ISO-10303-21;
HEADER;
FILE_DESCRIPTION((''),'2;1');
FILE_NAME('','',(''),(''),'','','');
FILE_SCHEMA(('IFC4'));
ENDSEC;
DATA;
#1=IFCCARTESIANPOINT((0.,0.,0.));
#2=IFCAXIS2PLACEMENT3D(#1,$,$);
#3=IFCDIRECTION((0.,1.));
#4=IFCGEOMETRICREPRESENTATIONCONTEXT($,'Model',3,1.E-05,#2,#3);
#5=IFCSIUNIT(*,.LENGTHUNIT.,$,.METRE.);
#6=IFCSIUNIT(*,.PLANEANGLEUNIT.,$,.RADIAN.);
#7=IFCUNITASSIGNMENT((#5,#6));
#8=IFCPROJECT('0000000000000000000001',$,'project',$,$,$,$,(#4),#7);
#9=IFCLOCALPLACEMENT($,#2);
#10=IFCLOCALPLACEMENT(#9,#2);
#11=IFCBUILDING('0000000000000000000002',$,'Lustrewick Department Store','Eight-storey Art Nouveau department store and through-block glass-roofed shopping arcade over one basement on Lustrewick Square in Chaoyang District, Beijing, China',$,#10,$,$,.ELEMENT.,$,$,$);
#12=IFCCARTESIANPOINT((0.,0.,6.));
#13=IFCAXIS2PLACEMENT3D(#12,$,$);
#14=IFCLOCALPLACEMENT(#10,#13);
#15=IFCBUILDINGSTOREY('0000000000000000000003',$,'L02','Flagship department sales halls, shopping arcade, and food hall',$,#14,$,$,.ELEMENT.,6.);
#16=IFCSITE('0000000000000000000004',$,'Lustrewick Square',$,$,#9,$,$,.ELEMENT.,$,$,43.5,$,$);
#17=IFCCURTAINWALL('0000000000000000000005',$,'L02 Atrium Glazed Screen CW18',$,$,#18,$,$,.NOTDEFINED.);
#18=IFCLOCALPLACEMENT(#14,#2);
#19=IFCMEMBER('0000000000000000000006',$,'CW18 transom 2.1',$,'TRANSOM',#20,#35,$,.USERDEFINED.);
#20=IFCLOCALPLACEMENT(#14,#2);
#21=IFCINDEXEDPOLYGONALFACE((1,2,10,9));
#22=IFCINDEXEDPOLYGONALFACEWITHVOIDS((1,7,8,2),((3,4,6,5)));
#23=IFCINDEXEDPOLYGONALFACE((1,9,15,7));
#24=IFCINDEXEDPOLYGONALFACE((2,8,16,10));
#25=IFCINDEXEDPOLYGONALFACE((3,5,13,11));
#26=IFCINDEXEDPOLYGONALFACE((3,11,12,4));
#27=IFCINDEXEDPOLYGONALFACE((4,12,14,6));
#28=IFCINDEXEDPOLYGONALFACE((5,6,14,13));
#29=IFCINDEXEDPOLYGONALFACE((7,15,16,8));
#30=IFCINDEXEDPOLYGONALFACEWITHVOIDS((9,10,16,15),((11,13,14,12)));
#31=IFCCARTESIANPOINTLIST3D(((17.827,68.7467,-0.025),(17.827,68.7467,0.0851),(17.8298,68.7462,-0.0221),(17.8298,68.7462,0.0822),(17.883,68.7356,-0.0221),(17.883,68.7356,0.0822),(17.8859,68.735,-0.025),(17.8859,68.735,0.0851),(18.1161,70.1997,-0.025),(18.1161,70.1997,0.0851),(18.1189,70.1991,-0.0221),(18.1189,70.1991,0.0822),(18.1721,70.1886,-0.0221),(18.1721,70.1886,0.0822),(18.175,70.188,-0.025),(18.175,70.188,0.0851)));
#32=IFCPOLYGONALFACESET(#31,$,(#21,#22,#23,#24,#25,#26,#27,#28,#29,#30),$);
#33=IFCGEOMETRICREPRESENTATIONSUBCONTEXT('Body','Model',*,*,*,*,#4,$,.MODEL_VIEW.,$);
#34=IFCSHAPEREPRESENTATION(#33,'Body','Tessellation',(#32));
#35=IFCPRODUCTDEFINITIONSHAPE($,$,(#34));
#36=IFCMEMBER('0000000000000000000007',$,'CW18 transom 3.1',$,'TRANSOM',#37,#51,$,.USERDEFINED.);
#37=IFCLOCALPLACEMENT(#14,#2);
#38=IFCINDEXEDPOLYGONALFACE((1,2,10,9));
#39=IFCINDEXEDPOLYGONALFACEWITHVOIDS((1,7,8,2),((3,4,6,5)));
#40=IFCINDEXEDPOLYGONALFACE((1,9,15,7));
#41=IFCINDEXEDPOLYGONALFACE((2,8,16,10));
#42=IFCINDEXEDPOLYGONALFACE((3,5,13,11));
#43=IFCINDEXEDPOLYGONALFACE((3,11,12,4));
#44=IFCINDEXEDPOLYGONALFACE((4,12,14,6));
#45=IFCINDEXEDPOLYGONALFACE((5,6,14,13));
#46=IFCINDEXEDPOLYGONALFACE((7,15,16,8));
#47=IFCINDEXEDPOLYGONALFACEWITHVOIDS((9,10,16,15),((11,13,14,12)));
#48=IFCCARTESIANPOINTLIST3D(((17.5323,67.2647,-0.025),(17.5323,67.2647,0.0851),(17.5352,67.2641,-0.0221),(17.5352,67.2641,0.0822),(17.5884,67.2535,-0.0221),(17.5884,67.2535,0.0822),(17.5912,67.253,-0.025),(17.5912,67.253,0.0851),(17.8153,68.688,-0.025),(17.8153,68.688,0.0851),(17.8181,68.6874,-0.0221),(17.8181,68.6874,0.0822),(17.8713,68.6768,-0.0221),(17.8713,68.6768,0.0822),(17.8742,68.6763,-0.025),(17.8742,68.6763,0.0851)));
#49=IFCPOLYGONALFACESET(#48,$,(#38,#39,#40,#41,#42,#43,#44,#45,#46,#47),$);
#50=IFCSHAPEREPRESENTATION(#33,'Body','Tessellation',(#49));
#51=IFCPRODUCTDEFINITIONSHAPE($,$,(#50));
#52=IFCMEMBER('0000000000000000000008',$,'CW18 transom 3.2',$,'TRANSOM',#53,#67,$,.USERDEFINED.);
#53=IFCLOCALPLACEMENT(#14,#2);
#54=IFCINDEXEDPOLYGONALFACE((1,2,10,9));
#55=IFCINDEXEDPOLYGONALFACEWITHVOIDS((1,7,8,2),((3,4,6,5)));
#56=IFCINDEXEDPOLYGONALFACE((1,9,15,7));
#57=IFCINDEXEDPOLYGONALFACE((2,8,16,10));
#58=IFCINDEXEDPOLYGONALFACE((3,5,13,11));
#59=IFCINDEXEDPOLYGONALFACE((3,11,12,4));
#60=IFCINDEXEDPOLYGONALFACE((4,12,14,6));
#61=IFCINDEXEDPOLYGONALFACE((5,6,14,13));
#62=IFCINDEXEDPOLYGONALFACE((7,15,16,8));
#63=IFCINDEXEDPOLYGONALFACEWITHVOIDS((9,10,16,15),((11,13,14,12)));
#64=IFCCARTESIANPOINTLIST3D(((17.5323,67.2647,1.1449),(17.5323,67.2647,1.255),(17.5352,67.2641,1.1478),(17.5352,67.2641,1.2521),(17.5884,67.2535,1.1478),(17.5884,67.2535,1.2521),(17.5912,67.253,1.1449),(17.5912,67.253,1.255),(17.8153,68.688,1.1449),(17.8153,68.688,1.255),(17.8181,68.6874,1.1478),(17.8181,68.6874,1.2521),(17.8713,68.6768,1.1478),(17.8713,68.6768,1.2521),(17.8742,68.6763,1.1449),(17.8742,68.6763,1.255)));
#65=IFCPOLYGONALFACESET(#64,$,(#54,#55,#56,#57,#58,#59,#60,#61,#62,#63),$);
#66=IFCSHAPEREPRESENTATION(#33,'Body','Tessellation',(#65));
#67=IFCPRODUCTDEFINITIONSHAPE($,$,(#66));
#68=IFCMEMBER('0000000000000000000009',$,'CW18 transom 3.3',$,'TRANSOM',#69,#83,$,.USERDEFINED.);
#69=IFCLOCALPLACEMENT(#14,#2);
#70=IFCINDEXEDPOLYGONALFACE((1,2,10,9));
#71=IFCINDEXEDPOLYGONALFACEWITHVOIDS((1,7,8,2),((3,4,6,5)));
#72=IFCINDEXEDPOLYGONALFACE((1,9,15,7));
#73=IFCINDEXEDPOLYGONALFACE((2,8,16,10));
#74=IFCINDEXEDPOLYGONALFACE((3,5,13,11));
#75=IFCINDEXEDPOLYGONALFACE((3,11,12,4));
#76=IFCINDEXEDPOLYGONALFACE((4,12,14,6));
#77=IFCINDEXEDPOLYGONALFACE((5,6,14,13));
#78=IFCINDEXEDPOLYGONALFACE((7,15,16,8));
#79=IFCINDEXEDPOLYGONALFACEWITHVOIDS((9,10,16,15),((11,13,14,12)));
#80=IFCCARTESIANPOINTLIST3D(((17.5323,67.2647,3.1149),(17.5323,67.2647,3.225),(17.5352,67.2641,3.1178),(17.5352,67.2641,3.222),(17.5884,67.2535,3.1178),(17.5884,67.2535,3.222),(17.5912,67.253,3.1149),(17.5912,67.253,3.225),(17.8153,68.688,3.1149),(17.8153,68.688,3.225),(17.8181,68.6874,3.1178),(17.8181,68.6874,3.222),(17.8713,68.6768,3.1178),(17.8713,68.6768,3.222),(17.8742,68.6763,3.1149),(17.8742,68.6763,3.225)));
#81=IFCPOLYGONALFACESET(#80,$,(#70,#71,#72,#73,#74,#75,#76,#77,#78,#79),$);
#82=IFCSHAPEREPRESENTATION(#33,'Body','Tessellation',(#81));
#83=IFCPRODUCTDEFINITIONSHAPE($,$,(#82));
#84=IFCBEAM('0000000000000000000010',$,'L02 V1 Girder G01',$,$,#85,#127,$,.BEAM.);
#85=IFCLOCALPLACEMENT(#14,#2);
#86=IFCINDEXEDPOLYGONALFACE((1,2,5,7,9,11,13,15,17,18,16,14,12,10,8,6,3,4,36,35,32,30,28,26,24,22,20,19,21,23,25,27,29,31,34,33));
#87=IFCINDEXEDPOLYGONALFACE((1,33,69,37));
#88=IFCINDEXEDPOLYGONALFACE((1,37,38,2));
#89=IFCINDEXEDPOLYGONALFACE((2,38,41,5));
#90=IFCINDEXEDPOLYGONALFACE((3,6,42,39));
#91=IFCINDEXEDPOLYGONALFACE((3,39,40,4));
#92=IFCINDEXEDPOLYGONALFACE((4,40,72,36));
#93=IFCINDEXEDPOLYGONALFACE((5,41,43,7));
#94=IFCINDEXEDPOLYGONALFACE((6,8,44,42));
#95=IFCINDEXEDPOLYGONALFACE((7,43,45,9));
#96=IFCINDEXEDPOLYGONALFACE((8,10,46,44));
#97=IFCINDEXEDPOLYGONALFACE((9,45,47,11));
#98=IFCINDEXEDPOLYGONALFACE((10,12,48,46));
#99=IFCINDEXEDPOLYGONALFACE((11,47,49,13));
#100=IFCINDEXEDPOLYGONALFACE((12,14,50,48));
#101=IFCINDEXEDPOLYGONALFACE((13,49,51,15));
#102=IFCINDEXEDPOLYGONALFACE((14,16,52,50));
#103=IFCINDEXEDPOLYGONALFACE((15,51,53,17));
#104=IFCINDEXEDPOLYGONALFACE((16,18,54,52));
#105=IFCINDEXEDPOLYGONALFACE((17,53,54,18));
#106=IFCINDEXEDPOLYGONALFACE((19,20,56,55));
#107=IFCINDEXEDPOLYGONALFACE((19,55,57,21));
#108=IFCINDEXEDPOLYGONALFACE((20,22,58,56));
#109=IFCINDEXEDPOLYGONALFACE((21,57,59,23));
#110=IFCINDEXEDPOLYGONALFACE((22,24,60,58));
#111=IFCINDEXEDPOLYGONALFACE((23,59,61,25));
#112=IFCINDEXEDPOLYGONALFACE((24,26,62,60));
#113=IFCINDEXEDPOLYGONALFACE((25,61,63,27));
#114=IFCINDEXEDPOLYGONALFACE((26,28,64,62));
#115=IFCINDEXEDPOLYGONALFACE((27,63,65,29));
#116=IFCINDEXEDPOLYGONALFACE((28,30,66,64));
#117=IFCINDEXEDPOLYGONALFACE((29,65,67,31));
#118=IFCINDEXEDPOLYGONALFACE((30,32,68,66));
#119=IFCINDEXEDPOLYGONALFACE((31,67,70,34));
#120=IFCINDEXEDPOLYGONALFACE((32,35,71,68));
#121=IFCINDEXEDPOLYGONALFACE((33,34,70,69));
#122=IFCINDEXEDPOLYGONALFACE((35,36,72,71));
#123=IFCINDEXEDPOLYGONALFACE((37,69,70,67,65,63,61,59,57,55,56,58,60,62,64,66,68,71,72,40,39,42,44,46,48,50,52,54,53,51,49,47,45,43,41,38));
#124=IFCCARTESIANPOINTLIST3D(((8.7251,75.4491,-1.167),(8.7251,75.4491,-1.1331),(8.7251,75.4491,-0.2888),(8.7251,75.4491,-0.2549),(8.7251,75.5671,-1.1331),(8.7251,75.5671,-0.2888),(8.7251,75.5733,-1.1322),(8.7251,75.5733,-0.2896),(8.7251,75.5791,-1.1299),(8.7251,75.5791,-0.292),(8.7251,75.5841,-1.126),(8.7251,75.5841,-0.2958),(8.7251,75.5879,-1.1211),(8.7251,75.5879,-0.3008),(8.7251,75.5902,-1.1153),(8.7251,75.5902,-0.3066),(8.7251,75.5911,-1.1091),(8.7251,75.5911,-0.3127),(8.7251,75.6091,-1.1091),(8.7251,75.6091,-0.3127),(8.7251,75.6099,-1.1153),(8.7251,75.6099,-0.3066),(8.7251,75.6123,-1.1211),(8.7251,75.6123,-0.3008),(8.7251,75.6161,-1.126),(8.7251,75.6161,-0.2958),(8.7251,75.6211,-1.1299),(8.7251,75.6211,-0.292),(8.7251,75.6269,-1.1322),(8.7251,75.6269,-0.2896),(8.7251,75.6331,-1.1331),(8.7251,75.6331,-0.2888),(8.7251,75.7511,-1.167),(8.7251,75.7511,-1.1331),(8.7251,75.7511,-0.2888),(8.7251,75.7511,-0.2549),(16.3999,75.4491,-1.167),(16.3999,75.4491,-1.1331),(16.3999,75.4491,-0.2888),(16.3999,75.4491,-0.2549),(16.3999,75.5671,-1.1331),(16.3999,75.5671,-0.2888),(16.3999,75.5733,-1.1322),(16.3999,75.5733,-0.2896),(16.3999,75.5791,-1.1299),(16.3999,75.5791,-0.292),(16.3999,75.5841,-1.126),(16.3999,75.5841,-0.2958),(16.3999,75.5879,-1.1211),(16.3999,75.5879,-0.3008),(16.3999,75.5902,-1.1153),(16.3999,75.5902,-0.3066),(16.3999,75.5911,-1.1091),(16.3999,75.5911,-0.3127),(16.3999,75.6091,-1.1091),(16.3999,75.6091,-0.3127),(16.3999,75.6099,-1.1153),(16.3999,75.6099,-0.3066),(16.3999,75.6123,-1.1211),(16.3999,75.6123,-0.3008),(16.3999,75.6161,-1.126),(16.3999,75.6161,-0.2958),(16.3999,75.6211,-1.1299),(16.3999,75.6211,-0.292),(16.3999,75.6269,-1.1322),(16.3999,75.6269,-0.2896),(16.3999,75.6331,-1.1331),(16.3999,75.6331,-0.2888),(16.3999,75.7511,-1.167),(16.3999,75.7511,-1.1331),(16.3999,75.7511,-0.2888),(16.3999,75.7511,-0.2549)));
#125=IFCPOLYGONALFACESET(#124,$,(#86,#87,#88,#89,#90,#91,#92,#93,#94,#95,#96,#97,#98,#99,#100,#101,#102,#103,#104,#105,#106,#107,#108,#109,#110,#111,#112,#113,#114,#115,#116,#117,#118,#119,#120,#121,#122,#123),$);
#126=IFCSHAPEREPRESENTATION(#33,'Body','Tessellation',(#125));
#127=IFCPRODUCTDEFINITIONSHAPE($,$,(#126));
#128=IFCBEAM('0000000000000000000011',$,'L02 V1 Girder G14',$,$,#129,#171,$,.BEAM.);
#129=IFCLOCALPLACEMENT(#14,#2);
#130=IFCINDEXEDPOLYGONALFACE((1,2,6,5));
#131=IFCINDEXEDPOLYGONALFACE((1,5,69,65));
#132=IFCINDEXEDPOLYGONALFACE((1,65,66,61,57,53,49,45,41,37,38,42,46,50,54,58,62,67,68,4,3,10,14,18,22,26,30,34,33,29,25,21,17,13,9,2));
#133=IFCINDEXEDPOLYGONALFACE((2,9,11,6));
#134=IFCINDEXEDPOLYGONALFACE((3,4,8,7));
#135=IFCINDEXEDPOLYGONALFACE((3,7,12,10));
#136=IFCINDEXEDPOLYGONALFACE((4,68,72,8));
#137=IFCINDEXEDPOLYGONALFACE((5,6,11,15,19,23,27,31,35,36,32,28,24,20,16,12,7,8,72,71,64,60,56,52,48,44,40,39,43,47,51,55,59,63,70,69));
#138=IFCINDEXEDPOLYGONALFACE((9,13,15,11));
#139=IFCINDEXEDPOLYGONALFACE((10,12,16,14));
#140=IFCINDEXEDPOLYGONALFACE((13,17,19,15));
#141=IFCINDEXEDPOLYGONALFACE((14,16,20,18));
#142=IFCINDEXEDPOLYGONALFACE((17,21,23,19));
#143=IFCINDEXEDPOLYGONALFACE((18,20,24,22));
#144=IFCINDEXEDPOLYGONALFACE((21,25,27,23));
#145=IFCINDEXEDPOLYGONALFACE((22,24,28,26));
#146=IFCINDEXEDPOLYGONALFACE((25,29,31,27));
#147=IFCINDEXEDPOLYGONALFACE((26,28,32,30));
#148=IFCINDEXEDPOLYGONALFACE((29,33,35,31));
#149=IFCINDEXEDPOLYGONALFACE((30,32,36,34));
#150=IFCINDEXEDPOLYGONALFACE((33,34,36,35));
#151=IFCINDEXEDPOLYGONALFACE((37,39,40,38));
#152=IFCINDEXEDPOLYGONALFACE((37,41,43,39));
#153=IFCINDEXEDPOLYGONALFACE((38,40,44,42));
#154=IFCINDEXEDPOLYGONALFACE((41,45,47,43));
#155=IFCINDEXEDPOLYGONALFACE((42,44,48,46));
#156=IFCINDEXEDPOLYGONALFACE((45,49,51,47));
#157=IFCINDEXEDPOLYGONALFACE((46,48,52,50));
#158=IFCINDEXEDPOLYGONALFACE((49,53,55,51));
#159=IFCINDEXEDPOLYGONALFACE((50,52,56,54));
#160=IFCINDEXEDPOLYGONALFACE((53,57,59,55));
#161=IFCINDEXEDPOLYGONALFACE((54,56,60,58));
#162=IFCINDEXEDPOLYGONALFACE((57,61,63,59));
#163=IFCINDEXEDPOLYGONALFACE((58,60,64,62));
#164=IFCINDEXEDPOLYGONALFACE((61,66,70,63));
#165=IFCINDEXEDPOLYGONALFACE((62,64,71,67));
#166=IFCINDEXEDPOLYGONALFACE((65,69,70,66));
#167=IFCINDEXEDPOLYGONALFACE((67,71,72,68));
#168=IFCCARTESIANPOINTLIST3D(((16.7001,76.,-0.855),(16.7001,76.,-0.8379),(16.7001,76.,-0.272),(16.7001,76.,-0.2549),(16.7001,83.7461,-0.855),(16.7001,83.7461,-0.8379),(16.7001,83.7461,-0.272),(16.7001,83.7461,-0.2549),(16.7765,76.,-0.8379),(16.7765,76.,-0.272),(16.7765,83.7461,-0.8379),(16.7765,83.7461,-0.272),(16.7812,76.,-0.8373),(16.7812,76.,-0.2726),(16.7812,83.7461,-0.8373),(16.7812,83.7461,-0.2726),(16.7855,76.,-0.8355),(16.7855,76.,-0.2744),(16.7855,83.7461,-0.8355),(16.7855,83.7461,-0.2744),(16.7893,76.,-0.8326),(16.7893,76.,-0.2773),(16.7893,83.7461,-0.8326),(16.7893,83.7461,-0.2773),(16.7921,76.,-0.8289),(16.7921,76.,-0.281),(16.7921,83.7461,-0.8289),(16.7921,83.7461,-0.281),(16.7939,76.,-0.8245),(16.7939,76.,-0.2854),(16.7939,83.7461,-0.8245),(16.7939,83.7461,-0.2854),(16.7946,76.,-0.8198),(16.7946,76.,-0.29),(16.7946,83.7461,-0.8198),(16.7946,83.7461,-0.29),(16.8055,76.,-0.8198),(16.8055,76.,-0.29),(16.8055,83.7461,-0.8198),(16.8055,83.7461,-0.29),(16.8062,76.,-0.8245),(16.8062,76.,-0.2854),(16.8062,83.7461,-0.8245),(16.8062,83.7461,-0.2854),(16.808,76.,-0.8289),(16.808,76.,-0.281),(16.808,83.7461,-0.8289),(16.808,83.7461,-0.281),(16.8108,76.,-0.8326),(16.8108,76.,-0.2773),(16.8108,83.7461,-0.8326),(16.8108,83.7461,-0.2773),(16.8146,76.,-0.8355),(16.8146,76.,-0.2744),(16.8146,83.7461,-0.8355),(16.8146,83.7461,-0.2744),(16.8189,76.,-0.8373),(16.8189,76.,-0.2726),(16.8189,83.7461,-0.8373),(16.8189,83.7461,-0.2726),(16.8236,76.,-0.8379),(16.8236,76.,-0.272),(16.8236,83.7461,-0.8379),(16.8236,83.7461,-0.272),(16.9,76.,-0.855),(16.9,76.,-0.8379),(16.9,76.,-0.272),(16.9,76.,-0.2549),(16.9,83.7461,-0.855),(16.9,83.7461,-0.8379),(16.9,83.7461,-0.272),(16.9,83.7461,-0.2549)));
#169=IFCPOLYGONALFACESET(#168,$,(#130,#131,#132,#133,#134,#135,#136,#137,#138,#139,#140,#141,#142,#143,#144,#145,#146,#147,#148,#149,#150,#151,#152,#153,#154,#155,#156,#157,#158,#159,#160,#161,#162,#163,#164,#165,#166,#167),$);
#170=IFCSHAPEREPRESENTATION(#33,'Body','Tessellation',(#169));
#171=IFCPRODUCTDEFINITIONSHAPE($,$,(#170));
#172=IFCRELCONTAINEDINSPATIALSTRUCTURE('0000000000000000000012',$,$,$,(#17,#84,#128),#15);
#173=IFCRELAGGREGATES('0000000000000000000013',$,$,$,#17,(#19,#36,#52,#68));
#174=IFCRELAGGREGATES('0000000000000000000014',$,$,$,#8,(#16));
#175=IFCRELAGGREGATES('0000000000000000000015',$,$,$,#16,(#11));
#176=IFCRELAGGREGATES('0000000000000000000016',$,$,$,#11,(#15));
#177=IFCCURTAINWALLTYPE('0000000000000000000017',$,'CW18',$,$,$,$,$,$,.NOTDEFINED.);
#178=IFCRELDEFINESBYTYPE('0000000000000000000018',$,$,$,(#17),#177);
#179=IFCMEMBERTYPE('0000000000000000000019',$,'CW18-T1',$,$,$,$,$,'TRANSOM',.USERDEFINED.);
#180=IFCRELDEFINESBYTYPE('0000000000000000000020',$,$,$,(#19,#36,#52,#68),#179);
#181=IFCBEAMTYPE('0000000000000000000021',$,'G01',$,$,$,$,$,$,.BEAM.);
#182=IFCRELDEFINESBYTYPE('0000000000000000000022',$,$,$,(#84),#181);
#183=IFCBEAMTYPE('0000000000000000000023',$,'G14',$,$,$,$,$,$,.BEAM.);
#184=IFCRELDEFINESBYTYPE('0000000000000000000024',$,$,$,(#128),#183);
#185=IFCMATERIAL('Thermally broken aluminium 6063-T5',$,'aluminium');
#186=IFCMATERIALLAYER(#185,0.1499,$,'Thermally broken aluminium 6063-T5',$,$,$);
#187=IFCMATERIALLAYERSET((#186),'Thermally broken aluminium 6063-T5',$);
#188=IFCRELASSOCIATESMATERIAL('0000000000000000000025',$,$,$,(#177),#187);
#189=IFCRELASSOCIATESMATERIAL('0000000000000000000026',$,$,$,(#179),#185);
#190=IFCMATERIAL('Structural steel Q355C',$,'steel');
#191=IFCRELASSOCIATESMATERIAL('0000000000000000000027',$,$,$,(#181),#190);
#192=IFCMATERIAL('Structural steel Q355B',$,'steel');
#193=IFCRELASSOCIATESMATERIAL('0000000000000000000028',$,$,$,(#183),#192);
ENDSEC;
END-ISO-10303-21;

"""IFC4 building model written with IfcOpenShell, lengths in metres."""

from ifc_helpers import new_model, si_unit, direction, frame, origin, origin_2d, place, context, subcontext, project, spatial, hollow_rectangle, i_section, extrude, material, layer, layer_set, material_profile, profile_set, type_object, element, aggregate, save


model = new_model("IFC4")

# Units and contexts
model_context = context("Model", 3, precision=1e-05, world=origin(), true_north=direction((0.0, 1.0)))
body_context = subcontext(model_context, "Body", "Model", "MODEL_VIEW")
ifc_project = project(units=[si_unit("LENGTHUNIT", "METRE"), si_unit("PLANEANGLEUNIT", "RADIAN")], contexts=[model_context])

# Site, building, storey
site_placement = place(None, origin())
site = spatial("IfcSite", under=ifc_project, at=site_placement, Name="Lustrewick Square", CompositionType="ELEMENT", RefElevation=43.5)
building_placement = place(site_placement, origin())
building = spatial("IfcBuilding", under=site, at=building_placement, Name="Lustrewick Department Store", Description="Eight-storey Art Nouveau department store and through-block glass-roofed shopping arcade over one basement on Lustrewick Square in Chaoyang District, Beijing, China", CompositionType="ELEMENT")
storey_placement = place(building_placement, frame((0.0, 0.0, 6.0)))
storey = spatial("IfcBuildingStorey", under=building, at=storey_placement, Name="L02", Description="Flagship department sales halls, shopping arcade, and food hall", CompositionType="ELEMENT", Elevation=6.0)

# Shared definitions
ifc_material_1 = material(Name="Structural steel Q355B", Category="steel")

# Curtain wall, members
ifc_material_2 = material(Name="Thermally broken aluminium 6063-T5", Category="aluminium")
ifc_layer_1 = layer(ifc_material_2, 0.1499, Name="Thermally broken aluminium 6063-T5")
ifc_layer_set_1 = layer_set([ifc_layer_1], Name="Thermally broken aluminium 6063-T5")
curtain_wall_type = type_object("IfcCurtainWallType", Name="CW18", PredefinedType="NOTDEFINED", material=ifc_layer_set_1)
curtain_wall_placement = place(storey_placement, origin())
curtain_wall = element("IfcCurtainWall", 1, at=curtain_wall_placement, inside=storey, type_object=curtain_wall_type, Name="L02 Atrium Glazed Screen CW18", PredefinedType="NOTDEFINED")
ifc_material_profile_1 = material_profile(ifc_material_2, hollow_rectangle(XDim=0.0601, YDim=0.1101, WallThickness=0.0029, at=origin_2d()), Name="ALU-T 60x110x3")
ifc_profile_set_1 = profile_set([ifc_material_profile_1], Name="Thermally broken aluminium 6063-T5")
member_type_1 = type_object("IfcMemberType", Name="CW18-T1", ElementType="TRANSOM", PredefinedType="USERDEFINED", material=ifc_profile_set_1)
member_1_placement = place(storey_placement, frame((18.1455, 70.1938, 0.03), z_axis=(-0.195134, -0.980777, 0.0), x_axis=(0.980777, -0.195134, 0.0)))
member_1 = element("IfcMember", 2, at=member_1_placement, type_object=member_type_1, Name="CW18 transom 2.1", ObjectType="TRANSOM", PredefinedType="USERDEFINED", context=body_context, shape_type="SweptSolid", body=[
    extrude(hollow_rectangle(XDim=0.0601, YDim=0.1101, WallThickness=0.0029, at=origin_2d()), origin(), (0.0, 0.0, 1.0), 1.4814),
])
member_2_placement = place(storey_placement, frame((17.8447, 68.6821, 0.03), z_axis=(-0.194984, -0.980806, 0.0), x_axis=(0.980806, -0.194984, 0.0)))
member_2 = element("IfcMember", 3, at=member_2_placement, type_object=member_type_1, Name="CW18 transom 3.1", ObjectType="TRANSOM", PredefinedType="USERDEFINED", context=body_context, shape_type="SweptSolid", body=[
    extrude(hollow_rectangle(XDim=0.0601, YDim=0.1101, WallThickness=0.0029, at=origin_2d()), origin(), (0.0, 0.0, 1.0), 1.4512),
])
member_3_placement = place(storey_placement, frame((17.8447, 68.6821, 1.2), z_axis=(-0.194984, -0.980806, 0.0), x_axis=(0.980806, -0.194984, 0.0)))
member_3 = element("IfcMember", 4, at=member_3_placement, type_object=member_type_1, Name="CW18 transom 3.2", ObjectType="TRANSOM", PredefinedType="USERDEFINED", context=body_context, shape_type="SweptSolid", body=[
    extrude(hollow_rectangle(XDim=0.0601, YDim=0.1101, WallThickness=0.0029, at=origin_2d()), origin(), (0.0, 0.0, 1.0), 1.4512),
])
member_4_placement = place(storey_placement, frame((17.8447, 68.6821, 3.1699), z_axis=(-0.194984, -0.980806, 0.0), x_axis=(0.980806, -0.194984, 0.0)))
member_4 = element("IfcMember", 5, at=member_4_placement, type_object=member_type_1, Name="CW18 transom 3.3", ObjectType="TRANSOM", PredefinedType="USERDEFINED", context=body_context, shape_type="SweptSolid", body=[
    extrude(hollow_rectangle(XDim=0.0601, YDim=0.1101, WallThickness=0.0029, at=origin_2d()), origin(), (0.0, 0.0, 1.0), 1.4512),
])

# Beams
ifc_material_3 = material(Name="Structural steel Q355C", Category="steel")
ifc_material_profile_2 = material_profile(ifc_material_3, i_section(OverallWidth=0.302, OverallDepth=0.9121, WebThickness=0.0181, FlangeThickness=0.0339, FilletRadius=0.0239, at=origin_2d()), Name="HN 912x302x18x34")
ifc_profile_set_2 = profile_set([ifc_material_profile_2], Name="Structural steel Q355C")
beam_type_1 = type_object("IfcBeamType", Name="G01", PredefinedType="BEAM", material=ifc_profile_set_2)
beam_1_placement = place(storey_placement, frame((8.7251, 75.6001, -0.7109), z_axis=(1.0, 0.0, 0.0), x_axis=(0.0, 1.0, 0.0)))
element("IfcBeam", 6, at=beam_1_placement, inside=storey, type_object=beam_type_1, Name="L02 V1 Girder G01", PredefinedType="BEAM", context=body_context, shape_type="SweptSolid", body=[
    extrude(i_section(OverallWidth=0.302, OverallDepth=0.9121, WebThickness=0.0181, FlangeThickness=0.0339, FilletRadius=0.0239, at=origin_2d()), origin(), (0.0, 0.0, 1.0), 7.6748),
])
ifc_material_profile_3 = material_profile(ifc_material_1, i_section(OverallWidth=0.2, OverallDepth=0.6001, WebThickness=0.011, FlangeThickness=0.0171, FilletRadius=0.0181, at=origin_2d()), Name="HN 600x200x11x17")
ifc_profile_set_3 = profile_set([ifc_material_profile_3], Name="Structural steel Q355B")
beam_type_2 = type_object("IfcBeamType", Name="G14", PredefinedType="BEAM", material=ifc_profile_set_3)
beam_2_placement = place(storey_placement, frame((16.8, 76.0, -0.5549), z_axis=(0.0, 1.0, 0.0), x_axis=(-1.0, 0.0, 0.0)))
element("IfcBeam", 7, at=beam_2_placement, inside=storey, type_object=beam_type_2, Name="L02 V1 Girder G14", PredefinedType="BEAM", context=body_context, shape_type="SweptSolid", body=[
    extrude(i_section(OverallWidth=0.2, OverallDepth=0.6001, WebThickness=0.011, FlangeThickness=0.0171, FilletRadius=0.0181, at=origin_2d()), origin(), (0.0, 0.0, 1.0), 7.7461),
])

aggregate(curtain_wall, [member_1, member_2, member_3, member_4])

save(model, "model.ifc")
